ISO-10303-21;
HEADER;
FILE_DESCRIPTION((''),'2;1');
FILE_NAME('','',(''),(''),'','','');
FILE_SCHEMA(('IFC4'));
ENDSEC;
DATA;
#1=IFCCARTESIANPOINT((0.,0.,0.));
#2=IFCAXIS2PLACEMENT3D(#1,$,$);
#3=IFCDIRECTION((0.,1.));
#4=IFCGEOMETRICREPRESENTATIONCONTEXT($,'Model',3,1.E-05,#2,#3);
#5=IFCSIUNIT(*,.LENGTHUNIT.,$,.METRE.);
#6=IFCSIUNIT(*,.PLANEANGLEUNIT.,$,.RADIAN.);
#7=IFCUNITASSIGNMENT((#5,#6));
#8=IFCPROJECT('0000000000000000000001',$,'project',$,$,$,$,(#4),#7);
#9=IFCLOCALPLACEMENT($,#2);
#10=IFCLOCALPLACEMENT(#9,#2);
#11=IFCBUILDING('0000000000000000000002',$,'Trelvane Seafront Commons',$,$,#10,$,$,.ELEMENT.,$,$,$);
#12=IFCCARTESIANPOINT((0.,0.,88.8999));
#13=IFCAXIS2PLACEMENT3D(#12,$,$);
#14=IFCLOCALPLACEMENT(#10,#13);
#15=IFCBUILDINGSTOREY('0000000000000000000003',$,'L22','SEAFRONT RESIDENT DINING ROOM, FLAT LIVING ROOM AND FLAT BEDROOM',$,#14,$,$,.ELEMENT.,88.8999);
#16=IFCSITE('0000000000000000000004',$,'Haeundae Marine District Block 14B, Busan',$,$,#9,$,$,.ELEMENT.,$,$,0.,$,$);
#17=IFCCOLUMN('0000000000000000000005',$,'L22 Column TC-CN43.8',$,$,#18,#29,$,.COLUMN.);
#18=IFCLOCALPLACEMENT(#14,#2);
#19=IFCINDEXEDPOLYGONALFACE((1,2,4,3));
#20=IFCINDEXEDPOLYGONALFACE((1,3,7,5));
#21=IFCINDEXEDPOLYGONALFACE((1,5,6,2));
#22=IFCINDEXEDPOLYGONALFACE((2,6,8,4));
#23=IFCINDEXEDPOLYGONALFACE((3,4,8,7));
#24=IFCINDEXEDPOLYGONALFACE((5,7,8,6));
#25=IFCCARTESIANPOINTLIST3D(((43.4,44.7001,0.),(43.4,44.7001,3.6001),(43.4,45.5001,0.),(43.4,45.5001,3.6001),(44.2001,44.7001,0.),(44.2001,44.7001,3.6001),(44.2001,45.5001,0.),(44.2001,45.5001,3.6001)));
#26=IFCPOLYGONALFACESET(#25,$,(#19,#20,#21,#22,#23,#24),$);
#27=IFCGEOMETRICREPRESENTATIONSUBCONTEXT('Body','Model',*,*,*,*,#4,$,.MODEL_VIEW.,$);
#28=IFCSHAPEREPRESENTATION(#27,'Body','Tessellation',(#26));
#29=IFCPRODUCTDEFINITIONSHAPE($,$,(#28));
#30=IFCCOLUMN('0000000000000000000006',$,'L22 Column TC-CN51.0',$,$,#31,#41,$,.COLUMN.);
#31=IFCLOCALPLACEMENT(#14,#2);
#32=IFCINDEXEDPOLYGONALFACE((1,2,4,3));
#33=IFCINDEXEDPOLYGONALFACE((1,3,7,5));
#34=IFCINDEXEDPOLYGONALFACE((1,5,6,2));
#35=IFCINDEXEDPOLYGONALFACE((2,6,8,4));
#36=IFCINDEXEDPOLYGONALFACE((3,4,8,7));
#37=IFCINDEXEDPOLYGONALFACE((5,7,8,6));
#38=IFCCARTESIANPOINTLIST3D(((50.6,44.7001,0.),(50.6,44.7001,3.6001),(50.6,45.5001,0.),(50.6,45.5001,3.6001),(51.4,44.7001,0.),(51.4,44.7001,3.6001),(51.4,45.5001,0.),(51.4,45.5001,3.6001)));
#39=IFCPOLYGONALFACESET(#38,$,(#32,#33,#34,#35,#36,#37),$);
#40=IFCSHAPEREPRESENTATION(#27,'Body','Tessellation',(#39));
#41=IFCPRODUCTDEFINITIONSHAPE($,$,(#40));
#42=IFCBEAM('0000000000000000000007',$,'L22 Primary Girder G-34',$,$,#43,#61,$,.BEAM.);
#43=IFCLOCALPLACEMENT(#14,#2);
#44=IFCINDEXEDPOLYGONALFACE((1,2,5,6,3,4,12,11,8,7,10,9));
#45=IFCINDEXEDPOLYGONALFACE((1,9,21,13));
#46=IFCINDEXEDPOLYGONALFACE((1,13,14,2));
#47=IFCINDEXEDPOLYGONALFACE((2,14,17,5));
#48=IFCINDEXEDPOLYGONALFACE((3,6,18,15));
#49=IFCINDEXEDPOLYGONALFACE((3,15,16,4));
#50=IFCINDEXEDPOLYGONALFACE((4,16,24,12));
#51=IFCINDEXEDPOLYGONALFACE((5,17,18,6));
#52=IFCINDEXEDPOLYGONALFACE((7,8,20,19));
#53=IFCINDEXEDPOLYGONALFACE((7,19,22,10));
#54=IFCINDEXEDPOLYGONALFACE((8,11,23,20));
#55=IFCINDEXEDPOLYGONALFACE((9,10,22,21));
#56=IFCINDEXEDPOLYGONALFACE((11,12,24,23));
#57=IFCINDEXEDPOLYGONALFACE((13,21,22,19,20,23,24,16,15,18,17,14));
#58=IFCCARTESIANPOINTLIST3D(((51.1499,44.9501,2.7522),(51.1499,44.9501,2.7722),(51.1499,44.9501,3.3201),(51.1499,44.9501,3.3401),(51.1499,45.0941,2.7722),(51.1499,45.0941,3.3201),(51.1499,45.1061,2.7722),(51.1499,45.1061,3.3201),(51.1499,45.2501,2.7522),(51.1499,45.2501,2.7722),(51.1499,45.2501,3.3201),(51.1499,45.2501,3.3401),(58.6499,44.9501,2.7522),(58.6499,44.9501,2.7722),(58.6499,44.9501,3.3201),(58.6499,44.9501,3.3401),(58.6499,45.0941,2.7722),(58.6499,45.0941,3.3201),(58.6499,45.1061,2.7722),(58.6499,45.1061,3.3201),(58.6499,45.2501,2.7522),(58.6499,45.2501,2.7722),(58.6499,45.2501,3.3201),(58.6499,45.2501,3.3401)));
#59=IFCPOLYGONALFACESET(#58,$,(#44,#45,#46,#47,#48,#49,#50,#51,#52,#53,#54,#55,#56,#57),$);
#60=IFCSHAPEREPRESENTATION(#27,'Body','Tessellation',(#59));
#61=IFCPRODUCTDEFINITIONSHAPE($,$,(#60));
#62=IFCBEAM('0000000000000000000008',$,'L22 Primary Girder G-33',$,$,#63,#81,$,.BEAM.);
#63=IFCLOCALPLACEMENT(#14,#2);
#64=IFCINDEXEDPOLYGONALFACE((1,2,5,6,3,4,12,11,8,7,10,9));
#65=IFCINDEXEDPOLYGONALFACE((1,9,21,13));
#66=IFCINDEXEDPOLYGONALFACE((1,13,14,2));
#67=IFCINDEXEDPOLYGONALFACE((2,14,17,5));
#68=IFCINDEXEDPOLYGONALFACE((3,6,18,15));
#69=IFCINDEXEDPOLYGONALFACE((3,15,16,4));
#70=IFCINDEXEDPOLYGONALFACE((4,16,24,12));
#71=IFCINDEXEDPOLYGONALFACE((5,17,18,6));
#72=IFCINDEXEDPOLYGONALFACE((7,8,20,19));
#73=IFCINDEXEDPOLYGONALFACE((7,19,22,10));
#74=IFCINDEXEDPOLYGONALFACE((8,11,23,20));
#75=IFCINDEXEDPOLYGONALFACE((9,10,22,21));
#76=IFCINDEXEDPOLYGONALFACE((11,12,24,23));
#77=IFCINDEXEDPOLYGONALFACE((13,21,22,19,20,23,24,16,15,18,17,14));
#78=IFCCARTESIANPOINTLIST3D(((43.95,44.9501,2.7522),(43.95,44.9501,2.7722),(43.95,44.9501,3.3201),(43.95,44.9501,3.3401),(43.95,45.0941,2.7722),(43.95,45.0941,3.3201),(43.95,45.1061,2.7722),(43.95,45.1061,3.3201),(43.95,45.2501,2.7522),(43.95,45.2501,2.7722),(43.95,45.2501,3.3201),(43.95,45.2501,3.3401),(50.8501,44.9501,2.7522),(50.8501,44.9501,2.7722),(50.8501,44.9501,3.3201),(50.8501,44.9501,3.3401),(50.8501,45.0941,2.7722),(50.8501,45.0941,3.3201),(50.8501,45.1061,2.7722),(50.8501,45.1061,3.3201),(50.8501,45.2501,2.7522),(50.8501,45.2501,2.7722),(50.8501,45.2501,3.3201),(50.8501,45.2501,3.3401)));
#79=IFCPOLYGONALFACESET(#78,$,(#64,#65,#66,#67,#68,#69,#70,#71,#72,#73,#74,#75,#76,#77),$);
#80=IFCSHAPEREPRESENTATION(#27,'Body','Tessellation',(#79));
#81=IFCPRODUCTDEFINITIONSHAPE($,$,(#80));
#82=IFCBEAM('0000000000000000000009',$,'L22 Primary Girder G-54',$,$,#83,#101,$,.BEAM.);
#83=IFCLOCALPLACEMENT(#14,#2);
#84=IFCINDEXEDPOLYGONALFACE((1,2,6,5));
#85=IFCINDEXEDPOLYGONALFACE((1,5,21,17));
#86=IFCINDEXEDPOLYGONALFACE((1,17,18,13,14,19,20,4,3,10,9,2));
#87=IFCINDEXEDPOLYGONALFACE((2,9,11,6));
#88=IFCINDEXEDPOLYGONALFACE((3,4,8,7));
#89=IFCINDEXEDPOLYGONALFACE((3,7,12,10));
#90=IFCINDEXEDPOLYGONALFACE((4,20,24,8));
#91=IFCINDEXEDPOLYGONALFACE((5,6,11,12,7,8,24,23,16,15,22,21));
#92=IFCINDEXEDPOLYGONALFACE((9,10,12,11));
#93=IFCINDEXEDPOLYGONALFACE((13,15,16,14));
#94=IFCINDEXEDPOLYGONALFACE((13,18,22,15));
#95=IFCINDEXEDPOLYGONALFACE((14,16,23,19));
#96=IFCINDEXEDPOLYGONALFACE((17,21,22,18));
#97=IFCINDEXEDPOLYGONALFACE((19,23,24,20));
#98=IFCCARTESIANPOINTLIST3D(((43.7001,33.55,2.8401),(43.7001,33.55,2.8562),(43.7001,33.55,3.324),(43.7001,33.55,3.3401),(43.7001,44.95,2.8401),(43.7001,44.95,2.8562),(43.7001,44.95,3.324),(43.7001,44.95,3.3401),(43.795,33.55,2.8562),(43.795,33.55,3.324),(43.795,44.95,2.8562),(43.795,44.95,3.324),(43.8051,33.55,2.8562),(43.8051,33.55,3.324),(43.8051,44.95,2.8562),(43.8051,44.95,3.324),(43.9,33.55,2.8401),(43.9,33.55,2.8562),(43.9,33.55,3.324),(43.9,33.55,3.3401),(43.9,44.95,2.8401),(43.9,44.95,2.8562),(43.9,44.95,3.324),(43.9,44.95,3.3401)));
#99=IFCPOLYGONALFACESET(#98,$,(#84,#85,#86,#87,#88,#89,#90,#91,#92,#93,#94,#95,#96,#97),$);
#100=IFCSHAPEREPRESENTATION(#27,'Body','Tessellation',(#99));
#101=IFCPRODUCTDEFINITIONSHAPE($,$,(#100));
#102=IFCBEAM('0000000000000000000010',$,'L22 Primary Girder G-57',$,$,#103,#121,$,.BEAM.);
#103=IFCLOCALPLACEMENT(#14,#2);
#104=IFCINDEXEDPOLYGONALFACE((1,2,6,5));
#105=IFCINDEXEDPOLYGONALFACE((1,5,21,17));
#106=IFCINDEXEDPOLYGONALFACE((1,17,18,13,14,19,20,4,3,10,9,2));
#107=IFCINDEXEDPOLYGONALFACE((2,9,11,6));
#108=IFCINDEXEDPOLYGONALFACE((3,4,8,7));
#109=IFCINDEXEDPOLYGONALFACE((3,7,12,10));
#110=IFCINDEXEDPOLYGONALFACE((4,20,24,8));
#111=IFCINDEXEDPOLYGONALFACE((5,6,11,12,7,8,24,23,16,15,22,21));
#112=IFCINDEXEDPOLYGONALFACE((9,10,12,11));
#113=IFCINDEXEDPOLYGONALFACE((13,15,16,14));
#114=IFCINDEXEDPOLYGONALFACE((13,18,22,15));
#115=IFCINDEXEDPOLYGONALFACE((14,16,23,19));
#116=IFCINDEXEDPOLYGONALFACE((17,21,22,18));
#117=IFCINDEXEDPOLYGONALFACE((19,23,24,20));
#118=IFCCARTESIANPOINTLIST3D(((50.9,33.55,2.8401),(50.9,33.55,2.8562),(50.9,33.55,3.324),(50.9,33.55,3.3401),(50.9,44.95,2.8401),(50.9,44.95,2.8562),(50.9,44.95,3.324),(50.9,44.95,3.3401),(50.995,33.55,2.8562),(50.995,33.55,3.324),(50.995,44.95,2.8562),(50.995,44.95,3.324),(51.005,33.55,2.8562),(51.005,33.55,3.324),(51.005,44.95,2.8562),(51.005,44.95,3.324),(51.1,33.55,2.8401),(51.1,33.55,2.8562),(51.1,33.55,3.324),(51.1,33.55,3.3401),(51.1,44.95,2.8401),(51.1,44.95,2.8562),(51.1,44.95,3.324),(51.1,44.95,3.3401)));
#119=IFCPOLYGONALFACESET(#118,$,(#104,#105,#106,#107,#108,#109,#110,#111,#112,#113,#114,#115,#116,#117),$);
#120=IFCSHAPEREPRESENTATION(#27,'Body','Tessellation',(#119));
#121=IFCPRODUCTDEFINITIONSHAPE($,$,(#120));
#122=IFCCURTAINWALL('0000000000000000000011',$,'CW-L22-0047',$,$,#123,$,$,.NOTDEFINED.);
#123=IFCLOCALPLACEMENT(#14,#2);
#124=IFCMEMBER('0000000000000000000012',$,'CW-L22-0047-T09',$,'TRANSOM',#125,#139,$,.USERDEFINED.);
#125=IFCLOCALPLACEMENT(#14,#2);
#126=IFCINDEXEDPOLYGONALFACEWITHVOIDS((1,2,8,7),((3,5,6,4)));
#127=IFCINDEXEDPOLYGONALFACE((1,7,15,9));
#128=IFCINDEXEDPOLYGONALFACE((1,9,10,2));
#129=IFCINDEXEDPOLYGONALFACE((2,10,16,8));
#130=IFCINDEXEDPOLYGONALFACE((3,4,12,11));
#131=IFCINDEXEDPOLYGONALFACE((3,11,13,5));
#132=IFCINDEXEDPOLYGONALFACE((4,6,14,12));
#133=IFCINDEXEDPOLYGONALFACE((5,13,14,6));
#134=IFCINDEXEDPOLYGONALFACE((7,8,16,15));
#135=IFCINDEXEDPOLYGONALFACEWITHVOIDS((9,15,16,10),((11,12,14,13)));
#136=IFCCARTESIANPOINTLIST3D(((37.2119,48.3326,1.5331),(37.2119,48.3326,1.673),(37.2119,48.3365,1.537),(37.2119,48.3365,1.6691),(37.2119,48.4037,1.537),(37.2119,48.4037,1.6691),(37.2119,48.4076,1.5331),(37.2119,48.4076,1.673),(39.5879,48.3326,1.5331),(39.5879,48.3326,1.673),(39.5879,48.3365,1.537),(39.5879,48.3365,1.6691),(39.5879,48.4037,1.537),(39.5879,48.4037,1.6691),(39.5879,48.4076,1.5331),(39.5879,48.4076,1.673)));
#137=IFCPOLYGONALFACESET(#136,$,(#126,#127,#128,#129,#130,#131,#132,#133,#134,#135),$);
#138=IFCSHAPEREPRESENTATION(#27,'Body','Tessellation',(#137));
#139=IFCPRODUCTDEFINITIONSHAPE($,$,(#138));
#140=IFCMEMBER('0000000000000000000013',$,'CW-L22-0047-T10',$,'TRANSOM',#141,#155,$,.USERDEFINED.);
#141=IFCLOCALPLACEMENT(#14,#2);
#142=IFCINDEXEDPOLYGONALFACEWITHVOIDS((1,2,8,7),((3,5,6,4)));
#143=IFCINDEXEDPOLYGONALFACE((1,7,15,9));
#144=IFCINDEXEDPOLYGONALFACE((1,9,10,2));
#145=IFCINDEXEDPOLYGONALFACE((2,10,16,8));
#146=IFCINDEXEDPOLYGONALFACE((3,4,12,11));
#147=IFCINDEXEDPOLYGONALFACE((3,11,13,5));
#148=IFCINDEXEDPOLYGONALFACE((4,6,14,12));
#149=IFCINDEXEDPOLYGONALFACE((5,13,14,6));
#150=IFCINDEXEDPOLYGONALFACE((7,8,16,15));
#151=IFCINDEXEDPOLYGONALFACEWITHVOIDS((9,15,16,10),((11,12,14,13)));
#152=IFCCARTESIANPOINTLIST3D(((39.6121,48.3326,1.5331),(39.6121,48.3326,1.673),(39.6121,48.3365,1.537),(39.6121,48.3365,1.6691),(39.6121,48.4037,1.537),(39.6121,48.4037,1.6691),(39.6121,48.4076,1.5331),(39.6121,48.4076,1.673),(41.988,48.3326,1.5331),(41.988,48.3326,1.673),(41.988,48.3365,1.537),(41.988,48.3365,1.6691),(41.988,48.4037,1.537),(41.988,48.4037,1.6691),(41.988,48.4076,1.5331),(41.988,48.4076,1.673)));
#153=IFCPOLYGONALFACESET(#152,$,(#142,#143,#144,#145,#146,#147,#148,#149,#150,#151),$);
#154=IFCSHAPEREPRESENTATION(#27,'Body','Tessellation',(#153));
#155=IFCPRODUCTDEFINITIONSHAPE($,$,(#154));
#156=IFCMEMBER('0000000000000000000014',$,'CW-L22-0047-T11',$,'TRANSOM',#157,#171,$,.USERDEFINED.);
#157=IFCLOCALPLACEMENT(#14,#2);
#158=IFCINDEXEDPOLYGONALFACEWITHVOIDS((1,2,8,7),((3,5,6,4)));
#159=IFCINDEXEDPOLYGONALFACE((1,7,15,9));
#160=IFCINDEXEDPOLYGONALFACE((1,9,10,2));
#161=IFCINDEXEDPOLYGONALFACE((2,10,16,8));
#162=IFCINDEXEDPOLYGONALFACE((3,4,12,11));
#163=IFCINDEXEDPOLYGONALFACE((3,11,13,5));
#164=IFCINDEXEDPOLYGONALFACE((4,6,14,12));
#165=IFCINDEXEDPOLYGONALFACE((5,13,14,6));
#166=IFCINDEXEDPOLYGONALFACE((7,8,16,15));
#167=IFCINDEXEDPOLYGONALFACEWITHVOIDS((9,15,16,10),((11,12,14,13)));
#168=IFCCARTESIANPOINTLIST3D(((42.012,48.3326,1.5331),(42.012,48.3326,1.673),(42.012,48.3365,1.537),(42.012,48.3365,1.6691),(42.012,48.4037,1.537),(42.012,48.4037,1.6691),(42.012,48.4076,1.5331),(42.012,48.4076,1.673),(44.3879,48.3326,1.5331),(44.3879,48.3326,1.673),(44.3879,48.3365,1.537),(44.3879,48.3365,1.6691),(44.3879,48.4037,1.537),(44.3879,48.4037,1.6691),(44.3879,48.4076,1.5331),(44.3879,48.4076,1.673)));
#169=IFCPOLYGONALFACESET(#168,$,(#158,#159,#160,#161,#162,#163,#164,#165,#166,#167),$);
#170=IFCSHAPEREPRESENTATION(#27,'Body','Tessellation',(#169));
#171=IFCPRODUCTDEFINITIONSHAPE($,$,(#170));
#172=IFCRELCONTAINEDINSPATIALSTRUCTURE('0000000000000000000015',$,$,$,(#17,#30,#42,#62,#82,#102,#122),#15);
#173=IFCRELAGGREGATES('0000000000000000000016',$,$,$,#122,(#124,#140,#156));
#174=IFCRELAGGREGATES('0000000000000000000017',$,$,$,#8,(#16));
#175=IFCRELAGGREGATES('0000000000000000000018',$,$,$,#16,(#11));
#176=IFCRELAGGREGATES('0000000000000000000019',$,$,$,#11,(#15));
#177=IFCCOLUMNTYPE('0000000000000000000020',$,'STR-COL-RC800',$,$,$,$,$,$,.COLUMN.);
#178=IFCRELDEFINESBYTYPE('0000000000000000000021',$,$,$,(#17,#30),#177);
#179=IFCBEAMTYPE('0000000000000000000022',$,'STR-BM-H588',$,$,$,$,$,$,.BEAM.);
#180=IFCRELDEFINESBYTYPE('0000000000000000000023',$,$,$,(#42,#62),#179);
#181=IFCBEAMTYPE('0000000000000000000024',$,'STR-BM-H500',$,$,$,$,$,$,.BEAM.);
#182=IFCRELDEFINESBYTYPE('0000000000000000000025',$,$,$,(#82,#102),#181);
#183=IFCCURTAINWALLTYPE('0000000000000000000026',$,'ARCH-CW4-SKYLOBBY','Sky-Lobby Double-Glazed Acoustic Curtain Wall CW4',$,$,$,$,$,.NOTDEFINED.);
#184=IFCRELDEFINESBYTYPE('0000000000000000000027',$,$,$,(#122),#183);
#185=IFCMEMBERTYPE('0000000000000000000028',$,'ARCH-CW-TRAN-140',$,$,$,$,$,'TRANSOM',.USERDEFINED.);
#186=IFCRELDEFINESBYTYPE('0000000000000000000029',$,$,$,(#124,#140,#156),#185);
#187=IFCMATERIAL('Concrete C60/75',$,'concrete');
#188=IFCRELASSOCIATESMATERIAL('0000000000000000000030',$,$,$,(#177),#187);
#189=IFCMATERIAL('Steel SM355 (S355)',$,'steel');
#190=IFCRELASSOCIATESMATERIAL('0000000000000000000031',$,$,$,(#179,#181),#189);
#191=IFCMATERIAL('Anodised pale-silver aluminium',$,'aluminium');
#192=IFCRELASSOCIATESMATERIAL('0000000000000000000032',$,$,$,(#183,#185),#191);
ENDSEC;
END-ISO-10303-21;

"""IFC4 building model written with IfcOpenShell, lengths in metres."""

from ifc_helpers import new_model, si_unit, direction, frame, origin, origin_2d, place, context, subcontext, project, spatial, rectangle, hollow_rectangle, i_section, extrude, source, transform, mapped, material, material_profile, profile_set, type_object, element, aggregate, save


model = new_model("IFC4")

# Units and contexts
model_context = context("Model", 3, precision=1e-05, world=origin(), true_north=direction((0.0, 1.0)))
body_context = subcontext(model_context, "Body", "Model", "MODEL_VIEW")
ifc_project = project(units=[si_unit("LENGTHUNIT", "METRE"), si_unit("PLANEANGLEUNIT", "RADIAN")], contexts=[model_context])

# Site, building, storey
site_placement = place(None, origin())
site = spatial("IfcSite", under=ifc_project, at=site_placement, Name="Haeundae Marine District Block 14B, Busan", CompositionType="ELEMENT", RefElevation=0.0)
building_placement = place(site_placement, origin())
building = spatial("IfcBuilding", under=site, at=building_placement, Name="Trelvane Seafront Commons", CompositionType="ELEMENT")
storey_placement = place(building_placement, frame((0.0, 0.0, 88.8999)))
storey = spatial("IfcBuildingStorey", under=building, at=storey_placement, Name="L22", Description="SEAFRONT RESIDENT DINING ROOM, FLAT LIVING ROOM AND FLAT BEDROOM", CompositionType="ELEMENT", Elevation=88.8999)

# Columns
ifc_material_1 = material(Name="Concrete C60/75", Category="concrete")
ifc_material_profile_1 = material_profile(ifc_material_1, rectangle(XDim=0.8, YDim=0.8, at=origin_2d()), Name="RC-800x800")
ifc_profile_set_1 = profile_set([ifc_material_profile_1], Name="Concrete C60/75")
column_type = type_object("IfcColumnType", Name="STR-COL-RC800", PredefinedType="COLUMN", material=ifc_profile_set_1)
shared_shape_1 = source(origin(), body_context, "Body", "SweptSolid", [
    extrude(rectangle(XDim=0.8, YDim=0.8, at=origin_2d()), origin(), (0.0, 0.0, 1.0), 3.6001),
])
for number, where, z_axis, x_axis, name in (
    (1, (43.8, 45.1001, 0.0), (0.0, 0.0, 1.0), (1.0, 0.0, 0.0), "L22 Column TC-CN43.8"),
    (2, (51.0, 45.1001, 0.0), (0.0, 0.0, 1.0), (1.0, 0.0, 0.0), "L22 Column TC-CN51.0"),
):
    element("IfcColumn", number, at=place(storey_placement, frame(where, z_axis=z_axis, x_axis=x_axis)), inside=storey, type_object=column_type, Name=name, PredefinedType="COLUMN", context=body_context, shape_type="MappedRepresentation", body=[
        mapped(shared_shape_1, transform((0.0, 0.0, 0.0), x_axis=(1.0, 0.0, 0.0), y_axis=(0.0, 1.0, 0.0), z_axis=(0.0, 0.0, 1.0), scale=1.0)),
    ])

# Beams
ifc_material_2 = material(Name="Steel SM355 (S355)", Category="steel")
ifc_material_profile_2 = material_profile(ifc_material_2, i_section(OverallWidth=0.3, OverallDepth=0.5879, WebThickness=0.012, FlangeThickness=0.02, at=origin_2d()), Name="H-588x300x12x20")
ifc_profile_set_2 = profile_set([ifc_material_profile_2], Name="Steel SM355 (S355)")
beam_type_1 = type_object("IfcBeamType", Name="STR-BM-H588", PredefinedType="BEAM", material=ifc_profile_set_2)
shared_shape_2 = source(origin(), body_context, "Body", "SweptSolid", [
    extrude(i_section(OverallWidth=0.3, OverallDepth=0.5879, WebThickness=0.012, FlangeThickness=0.02, at=origin_2d()), origin(), (0.0, 0.0, 1.0), 7.5),
])
beam_1_placement = place(storey_placement, frame((51.1499, 45.1001, 3.0461), z_axis=(1.0, 0.0, 0.0), x_axis=(0.0, 1.0, 0.0)))
element("IfcBeam", 3, at=beam_1_placement, inside=storey, type_object=beam_type_1, Name="L22 Primary Girder G-34", PredefinedType="BEAM", context=body_context, shape_type="MappedRepresentation", body=[
    mapped(shared_shape_2, transform((0.0, 0.0, 0.0), x_axis=(1.0, 0.0, 0.0), y_axis=(0.0, 1.0, 0.0), z_axis=(0.0, 0.0, 1.0), scale=1.0)),
])
shared_shape_3 = source(origin(), body_context, "Body", "SweptSolid", [
    extrude(i_section(OverallWidth=0.3, OverallDepth=0.5879, WebThickness=0.012, FlangeThickness=0.02, at=origin_2d()), origin(), (0.0, 0.0, 1.0), 6.9001),
])
beam_2_placement = place(storey_placement, frame((43.95, 45.1001, 3.0461), z_axis=(1.0, 0.0, 0.0), x_axis=(0.0, 1.0, 0.0)))
element("IfcBeam", 4, at=beam_2_placement, inside=storey, type_object=beam_type_1, Name="L22 Primary Girder G-33", PredefinedType="BEAM", context=body_context, shape_type="MappedRepresentation", body=[
    mapped(shared_shape_3, transform((0.0, 0.0, 0.0), x_axis=(1.0, 0.0, 0.0), y_axis=(0.0, 1.0, 0.0), z_axis=(0.0, 0.0, 1.0), scale=1.0)),
])
ifc_material_profile_3 = material_profile(ifc_material_2, i_section(OverallWidth=0.2, OverallDepth=0.5, WebThickness=0.01, FlangeThickness=0.0161, at=origin_2d()), Name="H-500x200x10x16")
ifc_profile_set_3 = profile_set([ifc_material_profile_3], Name="Steel SM355 (S355)")
beam_type_2 = type_object("IfcBeamType", Name="STR-BM-H500", PredefinedType="BEAM", material=ifc_profile_set_3)
shared_shape_4 = source(origin(), body_context, "Body", "SweptSolid", [
    extrude(i_section(OverallWidth=0.2, OverallDepth=0.5, WebThickness=0.01, FlangeThickness=0.0161, at=origin_2d()), origin(), (0.0, 0.0, 1.0), 11.3999),
])
for number, where, z_axis, x_axis, name in (
    (5, (43.8, 33.55, 3.0901), (0.0, 1.0, 0.0), (-1.0, 0.0, 0.0), "L22 Primary Girder G-54"),
    (6, (51.0, 33.55, 3.0901), (0.0, 1.0, 0.0), (-1.0, 0.0, 0.0), "L22 Primary Girder G-57"),
):
    element("IfcBeam", number, at=place(storey_placement, frame(where, z_axis=z_axis, x_axis=x_axis)), inside=storey, type_object=beam_type_2, Name=name, PredefinedType="BEAM", context=body_context, shape_type="MappedRepresentation", body=[
        mapped(shared_shape_4, transform((0.0, 0.0, 0.0), x_axis=(1.0, 0.0, 0.0), y_axis=(0.0, 1.0, 0.0), z_axis=(0.0, 0.0, 1.0), scale=1.0)),
    ])

# Curtain wall, members
ifc_material_3 = material(Name="Anodised pale-silver aluminium", Category="aluminium")
curtain_wall_type = type_object("IfcCurtainWallType", Name="ARCH-CW4-SKYLOBBY", Description="Sky-Lobby Double-Glazed Acoustic Curtain Wall CW4", PredefinedType="NOTDEFINED", material=ifc_material_3)
curtain_wall_placement = place(storey_placement, origin())
curtain_wall = element("IfcCurtainWall", 7, at=curtain_wall_placement, inside=storey, type_object=curtain_wall_type, Name="CW-L22-0047", PredefinedType="NOTDEFINED")
ifc_material_profile_4 = material_profile(ifc_material_3, hollow_rectangle(XDim=0.075, YDim=0.1399, WallThickness=0.0039, at=origin_2d()), Name="TRAN-75x140x4")
ifc_profile_set_4 = profile_set([ifc_material_profile_4], Name="Anodised pale-silver aluminium")
member_type_1 = type_object("IfcMemberType", Name="ARCH-CW-TRAN-140", ElementType="TRANSOM", PredefinedType="USERDEFINED", material=ifc_profile_set_4)
shared_shape_5 = source(origin(), body_context, "Body", "SweptSolid", [
    extrude(hollow_rectangle(XDim=0.075, YDim=0.1399, WallThickness=0.0039, at=origin_2d()), origin(), (0.0, 0.0, 1.0), 2.376),
])
member_1_placement = place(storey_placement, frame((37.2119, 48.3701, 1.603), z_axis=(1.0, 0.0, 0.0), x_axis=(0.0, 1.0, 0.0)))
member_1 = element("IfcMember", 8, at=member_1_placement, type_object=member_type_1, Name="CW-L22-0047-T09", ObjectType="TRANSOM", PredefinedType="USERDEFINED", context=body_context, shape_type="MappedRepresentation", body=[
    mapped(shared_shape_5, transform((0.0, 0.0, 0.0), x_axis=(1.0, 0.0, 0.0), y_axis=(0.0, 1.0, 0.0), z_axis=(0.0, 0.0, 1.0), scale=1.0)),
])
member_2_placement = place(storey_placement, frame((39.6121, 48.3701, 1.603), z_axis=(1.0, 0.0, 0.0), x_axis=(0.0, 1.0, 0.0)))
member_2 = element("IfcMember", 9, at=member_2_placement, type_object=member_type_1, Name="CW-L22-0047-T10", ObjectType="TRANSOM", PredefinedType="USERDEFINED", context=body_context, shape_type="MappedRepresentation", body=[
    mapped(shared_shape_5, transform((0.0, 0.0, 0.0), x_axis=(1.0, 0.0, 0.0), y_axis=(0.0, 1.0, 0.0), z_axis=(0.0, 0.0, 1.0), scale=1.0)),
])
member_3_placement = place(storey_placement, frame((42.012, 48.3701, 1.603), z_axis=(1.0, 0.0, 0.0), x_axis=(0.0, 1.0, 0.0)))
member_3 = element("IfcMember", 10, at=member_3_placement, type_object=member_type_1, Name="CW-L22-0047-T11", ObjectType="TRANSOM", PredefinedType="USERDEFINED", context=body_context, shape_type="MappedRepresentation", body=[
    mapped(shared_shape_5, transform((0.0, 0.0, 0.0), x_axis=(1.0, 0.0, 0.0), y_axis=(0.0, 1.0, 0.0), z_axis=(0.0, 0.0, 1.0), scale=1.0)),
])
aggregate(curtain_wall, [member_1, member_2, member_3])

save(model, "model.ifc")
